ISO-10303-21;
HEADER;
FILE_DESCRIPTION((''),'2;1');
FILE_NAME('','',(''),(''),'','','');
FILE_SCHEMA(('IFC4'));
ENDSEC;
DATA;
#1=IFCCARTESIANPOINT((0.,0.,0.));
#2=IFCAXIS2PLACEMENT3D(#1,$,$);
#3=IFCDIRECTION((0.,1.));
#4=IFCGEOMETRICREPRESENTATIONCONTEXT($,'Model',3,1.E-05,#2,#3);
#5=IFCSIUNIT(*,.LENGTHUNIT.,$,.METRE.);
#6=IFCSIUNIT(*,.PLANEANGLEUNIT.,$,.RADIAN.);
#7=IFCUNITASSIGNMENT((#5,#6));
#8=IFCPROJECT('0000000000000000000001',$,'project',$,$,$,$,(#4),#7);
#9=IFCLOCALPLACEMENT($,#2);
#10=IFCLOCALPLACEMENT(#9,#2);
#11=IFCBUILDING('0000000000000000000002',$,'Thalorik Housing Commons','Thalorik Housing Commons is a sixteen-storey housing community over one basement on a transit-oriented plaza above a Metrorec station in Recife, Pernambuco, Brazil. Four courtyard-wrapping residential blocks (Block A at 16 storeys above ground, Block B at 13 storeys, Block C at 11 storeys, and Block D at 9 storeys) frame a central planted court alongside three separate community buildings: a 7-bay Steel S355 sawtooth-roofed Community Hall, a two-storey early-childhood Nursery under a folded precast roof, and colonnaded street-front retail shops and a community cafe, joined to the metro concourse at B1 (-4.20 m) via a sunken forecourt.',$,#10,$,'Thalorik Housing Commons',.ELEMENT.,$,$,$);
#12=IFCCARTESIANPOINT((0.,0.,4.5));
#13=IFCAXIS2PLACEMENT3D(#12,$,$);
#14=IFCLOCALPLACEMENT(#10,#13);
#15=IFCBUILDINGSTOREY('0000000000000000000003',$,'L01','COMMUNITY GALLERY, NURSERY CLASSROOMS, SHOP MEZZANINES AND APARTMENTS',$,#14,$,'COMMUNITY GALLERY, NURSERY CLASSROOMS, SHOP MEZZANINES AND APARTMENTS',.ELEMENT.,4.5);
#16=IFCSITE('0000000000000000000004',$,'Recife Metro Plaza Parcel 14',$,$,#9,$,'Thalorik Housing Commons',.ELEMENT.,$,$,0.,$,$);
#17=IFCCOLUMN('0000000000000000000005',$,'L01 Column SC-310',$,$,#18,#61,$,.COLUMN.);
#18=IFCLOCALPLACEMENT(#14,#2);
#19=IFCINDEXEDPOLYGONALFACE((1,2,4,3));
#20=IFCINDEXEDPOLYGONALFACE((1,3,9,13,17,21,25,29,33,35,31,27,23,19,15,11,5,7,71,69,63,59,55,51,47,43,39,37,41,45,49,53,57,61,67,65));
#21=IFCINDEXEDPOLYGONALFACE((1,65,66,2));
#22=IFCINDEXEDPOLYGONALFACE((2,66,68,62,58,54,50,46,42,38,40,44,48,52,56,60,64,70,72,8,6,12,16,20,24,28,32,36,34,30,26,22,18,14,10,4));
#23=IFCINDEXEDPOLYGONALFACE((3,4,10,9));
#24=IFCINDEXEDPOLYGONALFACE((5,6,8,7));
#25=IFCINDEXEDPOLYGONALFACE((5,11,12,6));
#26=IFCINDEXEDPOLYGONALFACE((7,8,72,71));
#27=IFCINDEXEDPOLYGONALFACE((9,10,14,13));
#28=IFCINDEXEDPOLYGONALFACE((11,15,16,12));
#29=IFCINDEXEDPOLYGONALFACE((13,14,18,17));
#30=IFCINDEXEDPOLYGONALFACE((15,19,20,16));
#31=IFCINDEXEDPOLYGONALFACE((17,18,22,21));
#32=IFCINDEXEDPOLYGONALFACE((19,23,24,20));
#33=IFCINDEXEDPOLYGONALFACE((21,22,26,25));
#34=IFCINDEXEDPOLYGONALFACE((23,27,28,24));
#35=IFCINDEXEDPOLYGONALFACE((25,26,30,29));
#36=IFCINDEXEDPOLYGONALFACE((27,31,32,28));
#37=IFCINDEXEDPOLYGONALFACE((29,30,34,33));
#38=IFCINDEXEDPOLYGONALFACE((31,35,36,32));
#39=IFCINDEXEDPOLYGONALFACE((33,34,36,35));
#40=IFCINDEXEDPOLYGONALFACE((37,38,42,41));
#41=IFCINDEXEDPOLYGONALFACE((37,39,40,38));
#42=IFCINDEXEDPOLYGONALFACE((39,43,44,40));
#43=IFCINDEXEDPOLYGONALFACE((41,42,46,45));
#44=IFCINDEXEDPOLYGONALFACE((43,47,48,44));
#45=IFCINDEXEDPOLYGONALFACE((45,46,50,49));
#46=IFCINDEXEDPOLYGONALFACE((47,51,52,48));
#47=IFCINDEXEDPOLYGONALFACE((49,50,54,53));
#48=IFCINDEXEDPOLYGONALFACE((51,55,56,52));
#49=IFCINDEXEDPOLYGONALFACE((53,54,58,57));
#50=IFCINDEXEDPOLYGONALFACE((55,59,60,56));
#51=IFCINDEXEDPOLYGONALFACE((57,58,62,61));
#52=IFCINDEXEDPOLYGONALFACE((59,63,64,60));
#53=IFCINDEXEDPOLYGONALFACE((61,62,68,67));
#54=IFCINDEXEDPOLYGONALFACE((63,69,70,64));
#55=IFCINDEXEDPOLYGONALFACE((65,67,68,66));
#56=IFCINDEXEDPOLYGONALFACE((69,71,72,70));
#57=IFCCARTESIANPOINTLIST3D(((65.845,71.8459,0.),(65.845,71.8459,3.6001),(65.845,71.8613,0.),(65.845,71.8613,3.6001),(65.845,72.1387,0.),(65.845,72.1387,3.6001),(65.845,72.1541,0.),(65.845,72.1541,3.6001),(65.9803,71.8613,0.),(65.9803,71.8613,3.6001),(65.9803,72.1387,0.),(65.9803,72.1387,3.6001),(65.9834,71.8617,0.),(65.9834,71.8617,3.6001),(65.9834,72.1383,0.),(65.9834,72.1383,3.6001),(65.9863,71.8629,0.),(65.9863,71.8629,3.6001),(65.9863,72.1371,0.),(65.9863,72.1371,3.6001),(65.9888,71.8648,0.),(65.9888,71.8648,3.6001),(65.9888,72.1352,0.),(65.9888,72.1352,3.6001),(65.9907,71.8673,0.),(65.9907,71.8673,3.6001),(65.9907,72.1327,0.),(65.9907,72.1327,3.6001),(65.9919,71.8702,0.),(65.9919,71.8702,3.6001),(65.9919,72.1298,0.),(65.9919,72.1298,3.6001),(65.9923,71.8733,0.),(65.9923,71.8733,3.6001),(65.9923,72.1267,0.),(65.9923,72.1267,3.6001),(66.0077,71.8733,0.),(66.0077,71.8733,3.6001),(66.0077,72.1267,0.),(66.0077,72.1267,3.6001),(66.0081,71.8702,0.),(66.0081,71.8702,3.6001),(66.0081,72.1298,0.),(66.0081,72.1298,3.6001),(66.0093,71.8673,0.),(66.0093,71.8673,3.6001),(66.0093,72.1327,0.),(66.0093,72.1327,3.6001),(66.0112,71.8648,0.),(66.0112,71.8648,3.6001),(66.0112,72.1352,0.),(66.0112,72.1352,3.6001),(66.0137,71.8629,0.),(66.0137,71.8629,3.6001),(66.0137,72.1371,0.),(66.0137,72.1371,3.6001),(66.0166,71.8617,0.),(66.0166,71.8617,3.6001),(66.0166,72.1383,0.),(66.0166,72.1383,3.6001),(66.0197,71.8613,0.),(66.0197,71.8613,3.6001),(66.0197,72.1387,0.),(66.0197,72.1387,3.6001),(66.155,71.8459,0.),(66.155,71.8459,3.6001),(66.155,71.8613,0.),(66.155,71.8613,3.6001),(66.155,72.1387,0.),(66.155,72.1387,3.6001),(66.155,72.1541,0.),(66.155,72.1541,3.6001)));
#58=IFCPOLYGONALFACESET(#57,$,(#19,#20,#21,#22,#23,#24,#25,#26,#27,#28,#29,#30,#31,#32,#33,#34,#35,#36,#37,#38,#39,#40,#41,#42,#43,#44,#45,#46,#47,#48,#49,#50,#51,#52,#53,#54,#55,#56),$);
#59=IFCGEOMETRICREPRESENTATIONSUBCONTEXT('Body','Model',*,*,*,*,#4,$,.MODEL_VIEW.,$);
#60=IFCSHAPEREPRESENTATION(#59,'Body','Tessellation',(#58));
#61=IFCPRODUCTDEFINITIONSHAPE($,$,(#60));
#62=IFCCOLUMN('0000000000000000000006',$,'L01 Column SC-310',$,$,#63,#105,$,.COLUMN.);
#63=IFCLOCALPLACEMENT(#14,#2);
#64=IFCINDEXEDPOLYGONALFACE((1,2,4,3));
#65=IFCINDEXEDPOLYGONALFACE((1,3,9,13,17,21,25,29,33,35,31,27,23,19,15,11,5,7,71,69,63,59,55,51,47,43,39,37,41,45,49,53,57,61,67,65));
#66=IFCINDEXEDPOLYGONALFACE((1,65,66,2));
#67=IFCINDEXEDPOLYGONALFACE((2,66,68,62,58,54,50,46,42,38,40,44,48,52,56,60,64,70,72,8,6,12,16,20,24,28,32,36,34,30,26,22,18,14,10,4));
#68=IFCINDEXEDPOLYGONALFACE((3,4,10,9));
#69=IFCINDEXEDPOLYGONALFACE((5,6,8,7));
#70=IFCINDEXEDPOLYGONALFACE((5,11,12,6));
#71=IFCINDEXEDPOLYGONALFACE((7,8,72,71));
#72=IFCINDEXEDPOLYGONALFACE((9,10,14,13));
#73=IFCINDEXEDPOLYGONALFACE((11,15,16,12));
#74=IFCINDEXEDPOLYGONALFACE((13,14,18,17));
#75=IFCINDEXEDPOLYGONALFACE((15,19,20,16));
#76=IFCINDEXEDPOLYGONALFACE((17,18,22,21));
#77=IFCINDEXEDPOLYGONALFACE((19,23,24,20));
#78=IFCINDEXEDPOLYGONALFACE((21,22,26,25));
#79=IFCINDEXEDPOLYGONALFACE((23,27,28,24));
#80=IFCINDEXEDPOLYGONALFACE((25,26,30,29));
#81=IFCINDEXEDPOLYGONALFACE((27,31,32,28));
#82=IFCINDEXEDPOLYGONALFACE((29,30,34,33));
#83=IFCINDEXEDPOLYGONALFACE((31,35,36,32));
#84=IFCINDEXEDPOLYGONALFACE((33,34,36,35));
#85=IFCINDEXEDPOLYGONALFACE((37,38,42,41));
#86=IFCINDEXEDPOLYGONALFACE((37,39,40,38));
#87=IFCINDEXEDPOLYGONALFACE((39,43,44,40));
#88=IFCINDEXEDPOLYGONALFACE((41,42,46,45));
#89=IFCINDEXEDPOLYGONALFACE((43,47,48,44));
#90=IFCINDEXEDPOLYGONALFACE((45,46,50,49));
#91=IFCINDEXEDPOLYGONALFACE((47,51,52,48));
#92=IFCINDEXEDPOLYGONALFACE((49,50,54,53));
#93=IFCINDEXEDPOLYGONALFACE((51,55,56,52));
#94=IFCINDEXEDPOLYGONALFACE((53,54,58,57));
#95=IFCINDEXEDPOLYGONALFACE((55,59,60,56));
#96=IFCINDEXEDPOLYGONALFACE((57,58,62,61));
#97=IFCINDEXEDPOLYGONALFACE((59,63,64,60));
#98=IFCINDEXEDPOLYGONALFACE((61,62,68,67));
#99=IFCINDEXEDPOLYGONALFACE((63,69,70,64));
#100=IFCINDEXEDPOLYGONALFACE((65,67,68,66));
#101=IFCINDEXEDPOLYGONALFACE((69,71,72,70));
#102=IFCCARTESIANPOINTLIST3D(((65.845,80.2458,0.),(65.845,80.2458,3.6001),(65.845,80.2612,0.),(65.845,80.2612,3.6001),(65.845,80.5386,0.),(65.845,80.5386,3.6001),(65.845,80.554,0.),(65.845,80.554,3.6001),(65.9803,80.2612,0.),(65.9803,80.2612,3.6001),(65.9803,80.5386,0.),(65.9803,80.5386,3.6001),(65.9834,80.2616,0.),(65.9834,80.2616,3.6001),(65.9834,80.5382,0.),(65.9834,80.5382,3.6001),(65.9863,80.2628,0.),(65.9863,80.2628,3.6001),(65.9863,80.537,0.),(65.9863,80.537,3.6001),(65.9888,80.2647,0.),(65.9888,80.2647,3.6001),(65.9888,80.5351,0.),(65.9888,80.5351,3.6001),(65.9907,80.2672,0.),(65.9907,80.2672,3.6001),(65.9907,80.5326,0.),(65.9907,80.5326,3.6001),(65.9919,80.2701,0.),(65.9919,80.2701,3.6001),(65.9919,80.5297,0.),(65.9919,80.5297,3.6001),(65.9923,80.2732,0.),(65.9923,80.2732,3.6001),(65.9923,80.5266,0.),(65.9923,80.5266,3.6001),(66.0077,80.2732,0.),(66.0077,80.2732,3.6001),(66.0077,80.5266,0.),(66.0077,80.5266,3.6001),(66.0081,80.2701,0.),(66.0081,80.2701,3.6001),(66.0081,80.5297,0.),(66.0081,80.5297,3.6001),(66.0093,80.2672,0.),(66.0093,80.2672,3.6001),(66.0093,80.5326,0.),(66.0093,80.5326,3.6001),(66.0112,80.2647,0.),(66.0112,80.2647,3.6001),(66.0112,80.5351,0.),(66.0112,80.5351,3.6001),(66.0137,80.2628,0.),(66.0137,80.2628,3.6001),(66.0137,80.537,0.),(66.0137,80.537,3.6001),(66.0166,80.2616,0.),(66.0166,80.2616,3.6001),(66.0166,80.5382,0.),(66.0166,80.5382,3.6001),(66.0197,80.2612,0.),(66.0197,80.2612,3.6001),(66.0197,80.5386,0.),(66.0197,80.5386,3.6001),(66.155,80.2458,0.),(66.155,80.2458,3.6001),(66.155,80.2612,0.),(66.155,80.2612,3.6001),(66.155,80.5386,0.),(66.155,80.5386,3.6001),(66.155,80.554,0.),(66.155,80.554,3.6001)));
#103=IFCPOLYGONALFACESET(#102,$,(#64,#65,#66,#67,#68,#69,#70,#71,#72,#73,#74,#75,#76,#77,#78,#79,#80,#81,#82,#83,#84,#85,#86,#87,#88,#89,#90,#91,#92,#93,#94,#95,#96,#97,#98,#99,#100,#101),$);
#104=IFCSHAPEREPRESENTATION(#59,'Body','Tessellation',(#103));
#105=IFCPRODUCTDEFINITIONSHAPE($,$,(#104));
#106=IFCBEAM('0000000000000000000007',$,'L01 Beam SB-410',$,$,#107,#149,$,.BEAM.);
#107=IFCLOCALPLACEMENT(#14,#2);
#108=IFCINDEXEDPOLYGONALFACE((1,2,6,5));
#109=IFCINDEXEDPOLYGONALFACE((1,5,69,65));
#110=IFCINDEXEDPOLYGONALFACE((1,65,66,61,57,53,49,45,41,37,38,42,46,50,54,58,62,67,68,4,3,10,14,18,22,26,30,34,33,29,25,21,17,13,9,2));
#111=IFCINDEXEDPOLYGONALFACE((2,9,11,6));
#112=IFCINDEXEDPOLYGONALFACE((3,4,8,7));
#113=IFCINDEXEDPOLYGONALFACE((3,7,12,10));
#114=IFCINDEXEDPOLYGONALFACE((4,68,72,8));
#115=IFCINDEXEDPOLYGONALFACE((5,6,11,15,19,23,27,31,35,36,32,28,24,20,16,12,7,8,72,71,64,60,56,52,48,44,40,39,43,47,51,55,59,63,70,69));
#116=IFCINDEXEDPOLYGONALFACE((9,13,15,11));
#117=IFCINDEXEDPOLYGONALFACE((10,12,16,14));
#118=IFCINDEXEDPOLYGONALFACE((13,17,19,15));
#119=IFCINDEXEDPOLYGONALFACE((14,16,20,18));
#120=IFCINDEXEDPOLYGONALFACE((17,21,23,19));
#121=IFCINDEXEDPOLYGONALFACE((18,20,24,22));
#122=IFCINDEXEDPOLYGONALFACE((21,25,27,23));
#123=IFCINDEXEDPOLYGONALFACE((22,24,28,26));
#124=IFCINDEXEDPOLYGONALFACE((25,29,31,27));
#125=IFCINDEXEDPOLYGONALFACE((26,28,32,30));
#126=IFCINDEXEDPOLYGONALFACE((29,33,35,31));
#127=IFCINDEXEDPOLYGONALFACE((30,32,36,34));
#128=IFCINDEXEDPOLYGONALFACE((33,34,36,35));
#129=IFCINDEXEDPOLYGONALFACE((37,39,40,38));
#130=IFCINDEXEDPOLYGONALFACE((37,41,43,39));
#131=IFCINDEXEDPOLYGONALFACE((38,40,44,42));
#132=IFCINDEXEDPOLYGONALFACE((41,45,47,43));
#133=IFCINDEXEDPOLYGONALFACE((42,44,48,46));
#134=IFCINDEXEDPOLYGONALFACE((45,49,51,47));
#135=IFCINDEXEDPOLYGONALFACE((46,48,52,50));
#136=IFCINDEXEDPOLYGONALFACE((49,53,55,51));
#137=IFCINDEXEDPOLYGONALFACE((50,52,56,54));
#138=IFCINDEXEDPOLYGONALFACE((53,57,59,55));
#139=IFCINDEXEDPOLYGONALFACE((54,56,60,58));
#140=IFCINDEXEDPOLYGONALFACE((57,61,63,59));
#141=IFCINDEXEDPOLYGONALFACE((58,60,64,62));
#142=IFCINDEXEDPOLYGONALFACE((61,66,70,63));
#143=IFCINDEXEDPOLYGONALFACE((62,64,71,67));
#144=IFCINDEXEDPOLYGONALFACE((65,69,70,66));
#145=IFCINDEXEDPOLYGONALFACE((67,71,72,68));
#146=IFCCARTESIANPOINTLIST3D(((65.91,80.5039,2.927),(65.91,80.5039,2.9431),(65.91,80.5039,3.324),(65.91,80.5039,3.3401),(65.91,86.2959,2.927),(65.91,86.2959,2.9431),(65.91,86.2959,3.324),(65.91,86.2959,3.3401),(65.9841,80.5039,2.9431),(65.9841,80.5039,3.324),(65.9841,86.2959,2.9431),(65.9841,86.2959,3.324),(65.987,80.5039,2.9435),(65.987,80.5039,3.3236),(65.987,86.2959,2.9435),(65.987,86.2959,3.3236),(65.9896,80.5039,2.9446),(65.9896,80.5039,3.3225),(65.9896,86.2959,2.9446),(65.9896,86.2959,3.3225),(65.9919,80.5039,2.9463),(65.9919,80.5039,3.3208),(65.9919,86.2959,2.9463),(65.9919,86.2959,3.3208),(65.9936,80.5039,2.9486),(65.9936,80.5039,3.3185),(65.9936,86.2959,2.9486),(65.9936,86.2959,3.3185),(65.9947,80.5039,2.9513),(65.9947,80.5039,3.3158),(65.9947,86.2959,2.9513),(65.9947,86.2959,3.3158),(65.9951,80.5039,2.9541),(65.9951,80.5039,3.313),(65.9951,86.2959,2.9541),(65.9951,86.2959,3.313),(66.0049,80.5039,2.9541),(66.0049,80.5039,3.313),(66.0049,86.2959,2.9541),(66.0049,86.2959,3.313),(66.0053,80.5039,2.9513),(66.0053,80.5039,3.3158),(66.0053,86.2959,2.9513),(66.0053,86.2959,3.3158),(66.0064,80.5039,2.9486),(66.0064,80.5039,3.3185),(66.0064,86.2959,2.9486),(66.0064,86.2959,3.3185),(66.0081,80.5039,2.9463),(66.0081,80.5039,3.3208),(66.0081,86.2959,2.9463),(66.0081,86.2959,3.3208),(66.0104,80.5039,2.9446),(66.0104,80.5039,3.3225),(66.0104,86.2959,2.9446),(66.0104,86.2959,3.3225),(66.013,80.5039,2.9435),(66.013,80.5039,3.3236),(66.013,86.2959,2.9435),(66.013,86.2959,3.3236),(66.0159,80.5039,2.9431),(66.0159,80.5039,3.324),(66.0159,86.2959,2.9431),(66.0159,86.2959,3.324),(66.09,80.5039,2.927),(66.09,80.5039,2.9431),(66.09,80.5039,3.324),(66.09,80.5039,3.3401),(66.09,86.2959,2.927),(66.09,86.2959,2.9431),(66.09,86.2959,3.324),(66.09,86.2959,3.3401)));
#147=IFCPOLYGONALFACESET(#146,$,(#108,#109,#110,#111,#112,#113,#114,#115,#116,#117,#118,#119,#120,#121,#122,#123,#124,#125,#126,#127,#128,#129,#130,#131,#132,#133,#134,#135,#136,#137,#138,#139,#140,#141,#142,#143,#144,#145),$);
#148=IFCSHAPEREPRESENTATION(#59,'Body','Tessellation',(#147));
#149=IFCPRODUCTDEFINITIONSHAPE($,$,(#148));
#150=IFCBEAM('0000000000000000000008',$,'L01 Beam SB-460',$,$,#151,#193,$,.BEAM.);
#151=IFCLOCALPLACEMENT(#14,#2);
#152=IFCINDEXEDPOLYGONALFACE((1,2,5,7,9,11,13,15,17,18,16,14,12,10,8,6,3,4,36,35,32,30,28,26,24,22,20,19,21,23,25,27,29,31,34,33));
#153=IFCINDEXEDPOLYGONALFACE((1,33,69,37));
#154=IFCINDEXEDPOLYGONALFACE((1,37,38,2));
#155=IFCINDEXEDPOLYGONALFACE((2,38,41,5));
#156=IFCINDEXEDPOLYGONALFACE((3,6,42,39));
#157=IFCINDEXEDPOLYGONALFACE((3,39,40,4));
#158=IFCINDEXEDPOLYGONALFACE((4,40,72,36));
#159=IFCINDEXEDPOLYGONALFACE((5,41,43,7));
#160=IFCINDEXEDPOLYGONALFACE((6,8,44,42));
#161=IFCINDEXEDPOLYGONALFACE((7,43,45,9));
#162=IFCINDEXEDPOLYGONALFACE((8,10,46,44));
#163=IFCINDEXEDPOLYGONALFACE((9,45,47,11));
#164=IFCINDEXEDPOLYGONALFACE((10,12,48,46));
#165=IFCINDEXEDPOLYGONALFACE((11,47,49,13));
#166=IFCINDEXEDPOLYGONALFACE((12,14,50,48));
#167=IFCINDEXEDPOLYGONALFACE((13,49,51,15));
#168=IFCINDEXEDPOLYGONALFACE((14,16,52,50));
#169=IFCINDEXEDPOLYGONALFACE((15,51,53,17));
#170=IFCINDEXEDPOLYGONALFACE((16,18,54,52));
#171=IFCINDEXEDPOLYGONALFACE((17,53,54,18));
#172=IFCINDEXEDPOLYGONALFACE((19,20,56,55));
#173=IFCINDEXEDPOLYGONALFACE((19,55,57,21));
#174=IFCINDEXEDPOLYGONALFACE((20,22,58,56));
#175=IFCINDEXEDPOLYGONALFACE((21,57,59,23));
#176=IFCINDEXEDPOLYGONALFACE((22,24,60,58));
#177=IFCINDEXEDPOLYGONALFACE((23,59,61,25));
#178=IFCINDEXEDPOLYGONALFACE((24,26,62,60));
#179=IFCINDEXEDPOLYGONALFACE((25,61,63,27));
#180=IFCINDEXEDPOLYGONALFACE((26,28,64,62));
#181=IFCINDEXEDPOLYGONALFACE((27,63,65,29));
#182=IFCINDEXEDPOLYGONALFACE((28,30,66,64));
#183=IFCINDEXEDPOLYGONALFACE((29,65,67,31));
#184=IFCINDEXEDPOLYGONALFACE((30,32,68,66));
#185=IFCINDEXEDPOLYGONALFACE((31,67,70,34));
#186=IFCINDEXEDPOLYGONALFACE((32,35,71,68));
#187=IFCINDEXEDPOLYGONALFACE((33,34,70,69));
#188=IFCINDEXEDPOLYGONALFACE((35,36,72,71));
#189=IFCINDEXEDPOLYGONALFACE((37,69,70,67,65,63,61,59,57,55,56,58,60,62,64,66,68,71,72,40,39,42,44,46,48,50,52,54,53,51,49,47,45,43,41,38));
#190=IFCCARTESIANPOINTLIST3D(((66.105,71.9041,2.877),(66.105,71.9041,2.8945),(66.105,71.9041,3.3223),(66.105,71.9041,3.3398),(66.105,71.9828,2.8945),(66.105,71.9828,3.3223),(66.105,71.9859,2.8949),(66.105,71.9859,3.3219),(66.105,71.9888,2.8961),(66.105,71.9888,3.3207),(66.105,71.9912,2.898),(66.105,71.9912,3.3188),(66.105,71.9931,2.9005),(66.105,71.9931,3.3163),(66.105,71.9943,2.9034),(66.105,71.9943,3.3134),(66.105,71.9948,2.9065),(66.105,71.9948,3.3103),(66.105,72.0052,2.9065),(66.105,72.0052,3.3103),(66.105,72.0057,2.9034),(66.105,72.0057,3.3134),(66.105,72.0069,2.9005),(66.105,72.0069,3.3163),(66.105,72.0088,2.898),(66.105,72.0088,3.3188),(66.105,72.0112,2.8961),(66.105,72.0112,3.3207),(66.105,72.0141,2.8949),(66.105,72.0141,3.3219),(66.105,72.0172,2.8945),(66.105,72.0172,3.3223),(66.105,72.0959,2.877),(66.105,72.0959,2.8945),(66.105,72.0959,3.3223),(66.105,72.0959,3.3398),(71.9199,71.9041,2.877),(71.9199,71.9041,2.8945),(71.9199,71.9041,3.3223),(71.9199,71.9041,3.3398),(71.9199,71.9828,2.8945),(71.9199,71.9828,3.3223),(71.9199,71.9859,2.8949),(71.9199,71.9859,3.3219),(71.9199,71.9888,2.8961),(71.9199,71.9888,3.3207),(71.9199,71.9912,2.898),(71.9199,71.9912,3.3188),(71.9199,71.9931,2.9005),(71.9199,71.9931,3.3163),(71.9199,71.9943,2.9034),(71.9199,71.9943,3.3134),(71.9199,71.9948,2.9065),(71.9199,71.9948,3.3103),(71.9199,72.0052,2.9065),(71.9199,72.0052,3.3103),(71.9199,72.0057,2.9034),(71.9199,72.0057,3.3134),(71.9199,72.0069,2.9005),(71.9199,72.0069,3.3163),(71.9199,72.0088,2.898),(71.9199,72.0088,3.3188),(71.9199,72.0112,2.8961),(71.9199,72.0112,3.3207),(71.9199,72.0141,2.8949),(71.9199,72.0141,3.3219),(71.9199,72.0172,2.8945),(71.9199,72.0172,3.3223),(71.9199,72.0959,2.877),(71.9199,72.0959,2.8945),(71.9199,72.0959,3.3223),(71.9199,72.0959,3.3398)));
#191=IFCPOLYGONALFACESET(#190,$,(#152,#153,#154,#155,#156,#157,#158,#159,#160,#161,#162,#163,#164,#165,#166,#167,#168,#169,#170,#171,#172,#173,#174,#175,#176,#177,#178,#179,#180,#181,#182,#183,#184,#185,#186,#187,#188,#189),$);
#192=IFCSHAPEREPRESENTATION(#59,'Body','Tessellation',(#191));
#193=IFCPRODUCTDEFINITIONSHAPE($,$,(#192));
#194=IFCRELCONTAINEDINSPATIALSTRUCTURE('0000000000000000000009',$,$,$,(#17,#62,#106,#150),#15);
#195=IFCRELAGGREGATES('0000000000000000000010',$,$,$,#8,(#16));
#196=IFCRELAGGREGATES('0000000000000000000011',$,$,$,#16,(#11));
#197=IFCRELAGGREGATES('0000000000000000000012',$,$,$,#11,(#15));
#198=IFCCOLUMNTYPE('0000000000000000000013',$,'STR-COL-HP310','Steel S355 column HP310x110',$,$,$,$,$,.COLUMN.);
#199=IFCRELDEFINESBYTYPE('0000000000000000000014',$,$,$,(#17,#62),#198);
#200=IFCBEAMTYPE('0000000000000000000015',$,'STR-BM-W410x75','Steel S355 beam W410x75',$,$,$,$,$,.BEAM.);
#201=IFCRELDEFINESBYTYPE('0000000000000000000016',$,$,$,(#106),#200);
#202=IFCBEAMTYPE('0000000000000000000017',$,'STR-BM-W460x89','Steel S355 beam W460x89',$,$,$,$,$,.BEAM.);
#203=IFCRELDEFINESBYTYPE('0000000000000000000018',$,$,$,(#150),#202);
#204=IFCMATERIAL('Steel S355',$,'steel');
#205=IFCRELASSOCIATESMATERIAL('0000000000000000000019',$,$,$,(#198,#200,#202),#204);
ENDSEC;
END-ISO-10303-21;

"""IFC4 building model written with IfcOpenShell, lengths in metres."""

from ifc_helpers import new_model, si_unit, direction, frame, origin, origin_2d, place, context, subcontext, project, spatial, i_section, extrude, material, material_profile, profile_set, type_object, element, save


model = new_model("IFC4")

# Units and contexts
model_context = context("Model", 3, precision=1e-05, world=origin(), true_north=direction((0.0, 1.0)))
body_context = subcontext(model_context, "Body", "Model", "MODEL_VIEW")
ifc_project = project(units=[si_unit("LENGTHUNIT", "METRE"), si_unit("PLANEANGLEUNIT", "RADIAN")], contexts=[model_context])

# Site, building, storey
site_placement = place(None, origin())
site = spatial("IfcSite", under=ifc_project, at=site_placement, Name="Recife Metro Plaza Parcel 14", LongName="Thalorik Housing Commons", CompositionType="ELEMENT", RefElevation=0.0)
building_placement = place(site_placement, origin())
building = spatial("IfcBuilding", under=site, at=building_placement, Name="Thalorik Housing Commons", Description="Thalorik Housing Commons is a sixteen-storey housing community over one basement on a transit-oriented plaza above a Metrorec station in Recife, Pernambuco, Brazil. Four courtyard-wrapping residential blocks (Block A at 16 storeys above ground, Block B at 13 storeys, Block C at 11 storeys, and Block D at 9 storeys) frame a central planted court alongside three separate community buildings: a 7-bay Steel S355 sawtooth-roofed Community Hall, a two-storey early-childhood Nursery under a folded precast roof, and colonnaded street-front retail shops and a community cafe, joined to the metro concourse at B1 (-4.20 m) via a sunken forecourt.", LongName="Thalorik Housing Commons", CompositionType="ELEMENT")
storey_placement = place(building_placement, frame((0.0, 0.0, 4.5)))
storey = spatial("IfcBuildingStorey", under=building, at=storey_placement, Name="L01", Description="COMMUNITY GALLERY, NURSERY CLASSROOMS, SHOP MEZZANINES AND APARTMENTS", LongName="COMMUNITY GALLERY, NURSERY CLASSROOMS, SHOP MEZZANINES AND APARTMENTS", CompositionType="ELEMENT", Elevation=4.5)

# Columns
ifc_material_1 = material(Name="Steel S355", Category="steel")
ifc_material_profile_1 = material_profile(ifc_material_1, i_section(OverallWidth=0.3101, OverallDepth=0.3081, WebThickness=0.0154, FlangeThickness=0.0154, FilletRadius=0.012, at=origin_2d()), Name="HP310x110", Category="steel")
ifc_profile_set_1 = profile_set([ifc_material_profile_1], Name="Steel S355")
column_type = type_object("IfcColumnType", Name="STR-COL-HP310", Description="Steel S355 column HP310x110", PredefinedType="COLUMN", material=ifc_profile_set_1)
for number, where, z_axis, x_axis, name in (
    (1, (66.0, 72.0, 0.0), (0.0, 0.0, 1.0), (1.0, 0.0, 0.0), "L01 Column SC-310"),
    (2, (66.0, 80.3999, 0.0), (0.0, 0.0, 1.0), (1.0, 0.0, 0.0), "L01 Column SC-310"),
):
    element("IfcColumn", number, at=place(storey_placement, frame(where, z_axis=z_axis, x_axis=x_axis)), inside=storey, type_object=column_type, Name=name, PredefinedType="COLUMN", context=body_context, shape_type="SweptSolid", body=[
        extrude(i_section(OverallWidth=0.3101, OverallDepth=0.3081, WebThickness=0.0154, FlangeThickness=0.0154, FilletRadius=0.012, at=origin_2d()), origin(), (0.0, 0.0, 1.0), 3.6001),
    ])

# Beams
ifc_material_profile_2 = material_profile(ifc_material_1, i_section(OverallWidth=0.1799, OverallDepth=0.4131, WebThickness=0.0098, FlangeThickness=0.0161, FilletRadius=0.011, at=origin_2d()), Name="W410x75", Category="steel")
ifc_profile_set_2 = profile_set([ifc_material_profile_2], Name="Steel S355")
beam_type_1 = type_object("IfcBeamType", Name="STR-BM-W410x75", Description="Steel S355 beam W410x75", PredefinedType="BEAM", material=ifc_profile_set_2)
beam_1_placement = place(storey_placement, frame((66.0, 80.5039, 3.1335), z_axis=(0.0, 1.0, 0.0), x_axis=(-1.0, 0.0, 0.0)))
element("IfcBeam", 3, at=beam_1_placement, inside=storey, type_object=beam_type_1, Name="L01 Beam SB-410", PredefinedType="BEAM", context=body_context, shape_type="SweptSolid", body=[
    extrude(i_section(OverallWidth=0.1799, OverallDepth=0.4131, WebThickness=0.0098, FlangeThickness=0.0161, FilletRadius=0.011, at=origin_2d()), origin(), (0.0, 0.0, 1.0), 5.792),
])
ifc_material_profile_3 = material_profile(ifc_material_1, i_section(OverallWidth=0.1919, OverallDepth=0.4629, WebThickness=0.0105, FlangeThickness=0.0176, FilletRadius=0.012, at=origin_2d()), Name="W460x89", Category="steel")
ifc_profile_set_3 = profile_set([ifc_material_profile_3], Name="Steel S355")
beam_type_2 = type_object("IfcBeamType", Name="STR-BM-W460x89", Description="Steel S355 beam W460x89", PredefinedType="BEAM", material=ifc_profile_set_3)
for number, where, z_axis, x_axis, name in (
    (4, (66.105, 72.0, 3.1084), (1.0, 0.0, 0.0), (0.0, 1.0, 0.0), "L01 Beam SB-460"),
):
    element("IfcBeam", number, at=place(storey_placement, frame(where, z_axis=z_axis, x_axis=x_axis)), inside=storey, type_object=beam_type_2, Name=name, PredefinedType="BEAM", context=body_context, shape_type="SweptSolid", body=[
        extrude(i_section(OverallWidth=0.1919, OverallDepth=0.4629, WebThickness=0.0105, FlangeThickness=0.0176, FilletRadius=0.012, at=origin_2d()), origin(), (0.0, 0.0, 1.0), 5.8149),
    ])

save(model, "model.ifc")
